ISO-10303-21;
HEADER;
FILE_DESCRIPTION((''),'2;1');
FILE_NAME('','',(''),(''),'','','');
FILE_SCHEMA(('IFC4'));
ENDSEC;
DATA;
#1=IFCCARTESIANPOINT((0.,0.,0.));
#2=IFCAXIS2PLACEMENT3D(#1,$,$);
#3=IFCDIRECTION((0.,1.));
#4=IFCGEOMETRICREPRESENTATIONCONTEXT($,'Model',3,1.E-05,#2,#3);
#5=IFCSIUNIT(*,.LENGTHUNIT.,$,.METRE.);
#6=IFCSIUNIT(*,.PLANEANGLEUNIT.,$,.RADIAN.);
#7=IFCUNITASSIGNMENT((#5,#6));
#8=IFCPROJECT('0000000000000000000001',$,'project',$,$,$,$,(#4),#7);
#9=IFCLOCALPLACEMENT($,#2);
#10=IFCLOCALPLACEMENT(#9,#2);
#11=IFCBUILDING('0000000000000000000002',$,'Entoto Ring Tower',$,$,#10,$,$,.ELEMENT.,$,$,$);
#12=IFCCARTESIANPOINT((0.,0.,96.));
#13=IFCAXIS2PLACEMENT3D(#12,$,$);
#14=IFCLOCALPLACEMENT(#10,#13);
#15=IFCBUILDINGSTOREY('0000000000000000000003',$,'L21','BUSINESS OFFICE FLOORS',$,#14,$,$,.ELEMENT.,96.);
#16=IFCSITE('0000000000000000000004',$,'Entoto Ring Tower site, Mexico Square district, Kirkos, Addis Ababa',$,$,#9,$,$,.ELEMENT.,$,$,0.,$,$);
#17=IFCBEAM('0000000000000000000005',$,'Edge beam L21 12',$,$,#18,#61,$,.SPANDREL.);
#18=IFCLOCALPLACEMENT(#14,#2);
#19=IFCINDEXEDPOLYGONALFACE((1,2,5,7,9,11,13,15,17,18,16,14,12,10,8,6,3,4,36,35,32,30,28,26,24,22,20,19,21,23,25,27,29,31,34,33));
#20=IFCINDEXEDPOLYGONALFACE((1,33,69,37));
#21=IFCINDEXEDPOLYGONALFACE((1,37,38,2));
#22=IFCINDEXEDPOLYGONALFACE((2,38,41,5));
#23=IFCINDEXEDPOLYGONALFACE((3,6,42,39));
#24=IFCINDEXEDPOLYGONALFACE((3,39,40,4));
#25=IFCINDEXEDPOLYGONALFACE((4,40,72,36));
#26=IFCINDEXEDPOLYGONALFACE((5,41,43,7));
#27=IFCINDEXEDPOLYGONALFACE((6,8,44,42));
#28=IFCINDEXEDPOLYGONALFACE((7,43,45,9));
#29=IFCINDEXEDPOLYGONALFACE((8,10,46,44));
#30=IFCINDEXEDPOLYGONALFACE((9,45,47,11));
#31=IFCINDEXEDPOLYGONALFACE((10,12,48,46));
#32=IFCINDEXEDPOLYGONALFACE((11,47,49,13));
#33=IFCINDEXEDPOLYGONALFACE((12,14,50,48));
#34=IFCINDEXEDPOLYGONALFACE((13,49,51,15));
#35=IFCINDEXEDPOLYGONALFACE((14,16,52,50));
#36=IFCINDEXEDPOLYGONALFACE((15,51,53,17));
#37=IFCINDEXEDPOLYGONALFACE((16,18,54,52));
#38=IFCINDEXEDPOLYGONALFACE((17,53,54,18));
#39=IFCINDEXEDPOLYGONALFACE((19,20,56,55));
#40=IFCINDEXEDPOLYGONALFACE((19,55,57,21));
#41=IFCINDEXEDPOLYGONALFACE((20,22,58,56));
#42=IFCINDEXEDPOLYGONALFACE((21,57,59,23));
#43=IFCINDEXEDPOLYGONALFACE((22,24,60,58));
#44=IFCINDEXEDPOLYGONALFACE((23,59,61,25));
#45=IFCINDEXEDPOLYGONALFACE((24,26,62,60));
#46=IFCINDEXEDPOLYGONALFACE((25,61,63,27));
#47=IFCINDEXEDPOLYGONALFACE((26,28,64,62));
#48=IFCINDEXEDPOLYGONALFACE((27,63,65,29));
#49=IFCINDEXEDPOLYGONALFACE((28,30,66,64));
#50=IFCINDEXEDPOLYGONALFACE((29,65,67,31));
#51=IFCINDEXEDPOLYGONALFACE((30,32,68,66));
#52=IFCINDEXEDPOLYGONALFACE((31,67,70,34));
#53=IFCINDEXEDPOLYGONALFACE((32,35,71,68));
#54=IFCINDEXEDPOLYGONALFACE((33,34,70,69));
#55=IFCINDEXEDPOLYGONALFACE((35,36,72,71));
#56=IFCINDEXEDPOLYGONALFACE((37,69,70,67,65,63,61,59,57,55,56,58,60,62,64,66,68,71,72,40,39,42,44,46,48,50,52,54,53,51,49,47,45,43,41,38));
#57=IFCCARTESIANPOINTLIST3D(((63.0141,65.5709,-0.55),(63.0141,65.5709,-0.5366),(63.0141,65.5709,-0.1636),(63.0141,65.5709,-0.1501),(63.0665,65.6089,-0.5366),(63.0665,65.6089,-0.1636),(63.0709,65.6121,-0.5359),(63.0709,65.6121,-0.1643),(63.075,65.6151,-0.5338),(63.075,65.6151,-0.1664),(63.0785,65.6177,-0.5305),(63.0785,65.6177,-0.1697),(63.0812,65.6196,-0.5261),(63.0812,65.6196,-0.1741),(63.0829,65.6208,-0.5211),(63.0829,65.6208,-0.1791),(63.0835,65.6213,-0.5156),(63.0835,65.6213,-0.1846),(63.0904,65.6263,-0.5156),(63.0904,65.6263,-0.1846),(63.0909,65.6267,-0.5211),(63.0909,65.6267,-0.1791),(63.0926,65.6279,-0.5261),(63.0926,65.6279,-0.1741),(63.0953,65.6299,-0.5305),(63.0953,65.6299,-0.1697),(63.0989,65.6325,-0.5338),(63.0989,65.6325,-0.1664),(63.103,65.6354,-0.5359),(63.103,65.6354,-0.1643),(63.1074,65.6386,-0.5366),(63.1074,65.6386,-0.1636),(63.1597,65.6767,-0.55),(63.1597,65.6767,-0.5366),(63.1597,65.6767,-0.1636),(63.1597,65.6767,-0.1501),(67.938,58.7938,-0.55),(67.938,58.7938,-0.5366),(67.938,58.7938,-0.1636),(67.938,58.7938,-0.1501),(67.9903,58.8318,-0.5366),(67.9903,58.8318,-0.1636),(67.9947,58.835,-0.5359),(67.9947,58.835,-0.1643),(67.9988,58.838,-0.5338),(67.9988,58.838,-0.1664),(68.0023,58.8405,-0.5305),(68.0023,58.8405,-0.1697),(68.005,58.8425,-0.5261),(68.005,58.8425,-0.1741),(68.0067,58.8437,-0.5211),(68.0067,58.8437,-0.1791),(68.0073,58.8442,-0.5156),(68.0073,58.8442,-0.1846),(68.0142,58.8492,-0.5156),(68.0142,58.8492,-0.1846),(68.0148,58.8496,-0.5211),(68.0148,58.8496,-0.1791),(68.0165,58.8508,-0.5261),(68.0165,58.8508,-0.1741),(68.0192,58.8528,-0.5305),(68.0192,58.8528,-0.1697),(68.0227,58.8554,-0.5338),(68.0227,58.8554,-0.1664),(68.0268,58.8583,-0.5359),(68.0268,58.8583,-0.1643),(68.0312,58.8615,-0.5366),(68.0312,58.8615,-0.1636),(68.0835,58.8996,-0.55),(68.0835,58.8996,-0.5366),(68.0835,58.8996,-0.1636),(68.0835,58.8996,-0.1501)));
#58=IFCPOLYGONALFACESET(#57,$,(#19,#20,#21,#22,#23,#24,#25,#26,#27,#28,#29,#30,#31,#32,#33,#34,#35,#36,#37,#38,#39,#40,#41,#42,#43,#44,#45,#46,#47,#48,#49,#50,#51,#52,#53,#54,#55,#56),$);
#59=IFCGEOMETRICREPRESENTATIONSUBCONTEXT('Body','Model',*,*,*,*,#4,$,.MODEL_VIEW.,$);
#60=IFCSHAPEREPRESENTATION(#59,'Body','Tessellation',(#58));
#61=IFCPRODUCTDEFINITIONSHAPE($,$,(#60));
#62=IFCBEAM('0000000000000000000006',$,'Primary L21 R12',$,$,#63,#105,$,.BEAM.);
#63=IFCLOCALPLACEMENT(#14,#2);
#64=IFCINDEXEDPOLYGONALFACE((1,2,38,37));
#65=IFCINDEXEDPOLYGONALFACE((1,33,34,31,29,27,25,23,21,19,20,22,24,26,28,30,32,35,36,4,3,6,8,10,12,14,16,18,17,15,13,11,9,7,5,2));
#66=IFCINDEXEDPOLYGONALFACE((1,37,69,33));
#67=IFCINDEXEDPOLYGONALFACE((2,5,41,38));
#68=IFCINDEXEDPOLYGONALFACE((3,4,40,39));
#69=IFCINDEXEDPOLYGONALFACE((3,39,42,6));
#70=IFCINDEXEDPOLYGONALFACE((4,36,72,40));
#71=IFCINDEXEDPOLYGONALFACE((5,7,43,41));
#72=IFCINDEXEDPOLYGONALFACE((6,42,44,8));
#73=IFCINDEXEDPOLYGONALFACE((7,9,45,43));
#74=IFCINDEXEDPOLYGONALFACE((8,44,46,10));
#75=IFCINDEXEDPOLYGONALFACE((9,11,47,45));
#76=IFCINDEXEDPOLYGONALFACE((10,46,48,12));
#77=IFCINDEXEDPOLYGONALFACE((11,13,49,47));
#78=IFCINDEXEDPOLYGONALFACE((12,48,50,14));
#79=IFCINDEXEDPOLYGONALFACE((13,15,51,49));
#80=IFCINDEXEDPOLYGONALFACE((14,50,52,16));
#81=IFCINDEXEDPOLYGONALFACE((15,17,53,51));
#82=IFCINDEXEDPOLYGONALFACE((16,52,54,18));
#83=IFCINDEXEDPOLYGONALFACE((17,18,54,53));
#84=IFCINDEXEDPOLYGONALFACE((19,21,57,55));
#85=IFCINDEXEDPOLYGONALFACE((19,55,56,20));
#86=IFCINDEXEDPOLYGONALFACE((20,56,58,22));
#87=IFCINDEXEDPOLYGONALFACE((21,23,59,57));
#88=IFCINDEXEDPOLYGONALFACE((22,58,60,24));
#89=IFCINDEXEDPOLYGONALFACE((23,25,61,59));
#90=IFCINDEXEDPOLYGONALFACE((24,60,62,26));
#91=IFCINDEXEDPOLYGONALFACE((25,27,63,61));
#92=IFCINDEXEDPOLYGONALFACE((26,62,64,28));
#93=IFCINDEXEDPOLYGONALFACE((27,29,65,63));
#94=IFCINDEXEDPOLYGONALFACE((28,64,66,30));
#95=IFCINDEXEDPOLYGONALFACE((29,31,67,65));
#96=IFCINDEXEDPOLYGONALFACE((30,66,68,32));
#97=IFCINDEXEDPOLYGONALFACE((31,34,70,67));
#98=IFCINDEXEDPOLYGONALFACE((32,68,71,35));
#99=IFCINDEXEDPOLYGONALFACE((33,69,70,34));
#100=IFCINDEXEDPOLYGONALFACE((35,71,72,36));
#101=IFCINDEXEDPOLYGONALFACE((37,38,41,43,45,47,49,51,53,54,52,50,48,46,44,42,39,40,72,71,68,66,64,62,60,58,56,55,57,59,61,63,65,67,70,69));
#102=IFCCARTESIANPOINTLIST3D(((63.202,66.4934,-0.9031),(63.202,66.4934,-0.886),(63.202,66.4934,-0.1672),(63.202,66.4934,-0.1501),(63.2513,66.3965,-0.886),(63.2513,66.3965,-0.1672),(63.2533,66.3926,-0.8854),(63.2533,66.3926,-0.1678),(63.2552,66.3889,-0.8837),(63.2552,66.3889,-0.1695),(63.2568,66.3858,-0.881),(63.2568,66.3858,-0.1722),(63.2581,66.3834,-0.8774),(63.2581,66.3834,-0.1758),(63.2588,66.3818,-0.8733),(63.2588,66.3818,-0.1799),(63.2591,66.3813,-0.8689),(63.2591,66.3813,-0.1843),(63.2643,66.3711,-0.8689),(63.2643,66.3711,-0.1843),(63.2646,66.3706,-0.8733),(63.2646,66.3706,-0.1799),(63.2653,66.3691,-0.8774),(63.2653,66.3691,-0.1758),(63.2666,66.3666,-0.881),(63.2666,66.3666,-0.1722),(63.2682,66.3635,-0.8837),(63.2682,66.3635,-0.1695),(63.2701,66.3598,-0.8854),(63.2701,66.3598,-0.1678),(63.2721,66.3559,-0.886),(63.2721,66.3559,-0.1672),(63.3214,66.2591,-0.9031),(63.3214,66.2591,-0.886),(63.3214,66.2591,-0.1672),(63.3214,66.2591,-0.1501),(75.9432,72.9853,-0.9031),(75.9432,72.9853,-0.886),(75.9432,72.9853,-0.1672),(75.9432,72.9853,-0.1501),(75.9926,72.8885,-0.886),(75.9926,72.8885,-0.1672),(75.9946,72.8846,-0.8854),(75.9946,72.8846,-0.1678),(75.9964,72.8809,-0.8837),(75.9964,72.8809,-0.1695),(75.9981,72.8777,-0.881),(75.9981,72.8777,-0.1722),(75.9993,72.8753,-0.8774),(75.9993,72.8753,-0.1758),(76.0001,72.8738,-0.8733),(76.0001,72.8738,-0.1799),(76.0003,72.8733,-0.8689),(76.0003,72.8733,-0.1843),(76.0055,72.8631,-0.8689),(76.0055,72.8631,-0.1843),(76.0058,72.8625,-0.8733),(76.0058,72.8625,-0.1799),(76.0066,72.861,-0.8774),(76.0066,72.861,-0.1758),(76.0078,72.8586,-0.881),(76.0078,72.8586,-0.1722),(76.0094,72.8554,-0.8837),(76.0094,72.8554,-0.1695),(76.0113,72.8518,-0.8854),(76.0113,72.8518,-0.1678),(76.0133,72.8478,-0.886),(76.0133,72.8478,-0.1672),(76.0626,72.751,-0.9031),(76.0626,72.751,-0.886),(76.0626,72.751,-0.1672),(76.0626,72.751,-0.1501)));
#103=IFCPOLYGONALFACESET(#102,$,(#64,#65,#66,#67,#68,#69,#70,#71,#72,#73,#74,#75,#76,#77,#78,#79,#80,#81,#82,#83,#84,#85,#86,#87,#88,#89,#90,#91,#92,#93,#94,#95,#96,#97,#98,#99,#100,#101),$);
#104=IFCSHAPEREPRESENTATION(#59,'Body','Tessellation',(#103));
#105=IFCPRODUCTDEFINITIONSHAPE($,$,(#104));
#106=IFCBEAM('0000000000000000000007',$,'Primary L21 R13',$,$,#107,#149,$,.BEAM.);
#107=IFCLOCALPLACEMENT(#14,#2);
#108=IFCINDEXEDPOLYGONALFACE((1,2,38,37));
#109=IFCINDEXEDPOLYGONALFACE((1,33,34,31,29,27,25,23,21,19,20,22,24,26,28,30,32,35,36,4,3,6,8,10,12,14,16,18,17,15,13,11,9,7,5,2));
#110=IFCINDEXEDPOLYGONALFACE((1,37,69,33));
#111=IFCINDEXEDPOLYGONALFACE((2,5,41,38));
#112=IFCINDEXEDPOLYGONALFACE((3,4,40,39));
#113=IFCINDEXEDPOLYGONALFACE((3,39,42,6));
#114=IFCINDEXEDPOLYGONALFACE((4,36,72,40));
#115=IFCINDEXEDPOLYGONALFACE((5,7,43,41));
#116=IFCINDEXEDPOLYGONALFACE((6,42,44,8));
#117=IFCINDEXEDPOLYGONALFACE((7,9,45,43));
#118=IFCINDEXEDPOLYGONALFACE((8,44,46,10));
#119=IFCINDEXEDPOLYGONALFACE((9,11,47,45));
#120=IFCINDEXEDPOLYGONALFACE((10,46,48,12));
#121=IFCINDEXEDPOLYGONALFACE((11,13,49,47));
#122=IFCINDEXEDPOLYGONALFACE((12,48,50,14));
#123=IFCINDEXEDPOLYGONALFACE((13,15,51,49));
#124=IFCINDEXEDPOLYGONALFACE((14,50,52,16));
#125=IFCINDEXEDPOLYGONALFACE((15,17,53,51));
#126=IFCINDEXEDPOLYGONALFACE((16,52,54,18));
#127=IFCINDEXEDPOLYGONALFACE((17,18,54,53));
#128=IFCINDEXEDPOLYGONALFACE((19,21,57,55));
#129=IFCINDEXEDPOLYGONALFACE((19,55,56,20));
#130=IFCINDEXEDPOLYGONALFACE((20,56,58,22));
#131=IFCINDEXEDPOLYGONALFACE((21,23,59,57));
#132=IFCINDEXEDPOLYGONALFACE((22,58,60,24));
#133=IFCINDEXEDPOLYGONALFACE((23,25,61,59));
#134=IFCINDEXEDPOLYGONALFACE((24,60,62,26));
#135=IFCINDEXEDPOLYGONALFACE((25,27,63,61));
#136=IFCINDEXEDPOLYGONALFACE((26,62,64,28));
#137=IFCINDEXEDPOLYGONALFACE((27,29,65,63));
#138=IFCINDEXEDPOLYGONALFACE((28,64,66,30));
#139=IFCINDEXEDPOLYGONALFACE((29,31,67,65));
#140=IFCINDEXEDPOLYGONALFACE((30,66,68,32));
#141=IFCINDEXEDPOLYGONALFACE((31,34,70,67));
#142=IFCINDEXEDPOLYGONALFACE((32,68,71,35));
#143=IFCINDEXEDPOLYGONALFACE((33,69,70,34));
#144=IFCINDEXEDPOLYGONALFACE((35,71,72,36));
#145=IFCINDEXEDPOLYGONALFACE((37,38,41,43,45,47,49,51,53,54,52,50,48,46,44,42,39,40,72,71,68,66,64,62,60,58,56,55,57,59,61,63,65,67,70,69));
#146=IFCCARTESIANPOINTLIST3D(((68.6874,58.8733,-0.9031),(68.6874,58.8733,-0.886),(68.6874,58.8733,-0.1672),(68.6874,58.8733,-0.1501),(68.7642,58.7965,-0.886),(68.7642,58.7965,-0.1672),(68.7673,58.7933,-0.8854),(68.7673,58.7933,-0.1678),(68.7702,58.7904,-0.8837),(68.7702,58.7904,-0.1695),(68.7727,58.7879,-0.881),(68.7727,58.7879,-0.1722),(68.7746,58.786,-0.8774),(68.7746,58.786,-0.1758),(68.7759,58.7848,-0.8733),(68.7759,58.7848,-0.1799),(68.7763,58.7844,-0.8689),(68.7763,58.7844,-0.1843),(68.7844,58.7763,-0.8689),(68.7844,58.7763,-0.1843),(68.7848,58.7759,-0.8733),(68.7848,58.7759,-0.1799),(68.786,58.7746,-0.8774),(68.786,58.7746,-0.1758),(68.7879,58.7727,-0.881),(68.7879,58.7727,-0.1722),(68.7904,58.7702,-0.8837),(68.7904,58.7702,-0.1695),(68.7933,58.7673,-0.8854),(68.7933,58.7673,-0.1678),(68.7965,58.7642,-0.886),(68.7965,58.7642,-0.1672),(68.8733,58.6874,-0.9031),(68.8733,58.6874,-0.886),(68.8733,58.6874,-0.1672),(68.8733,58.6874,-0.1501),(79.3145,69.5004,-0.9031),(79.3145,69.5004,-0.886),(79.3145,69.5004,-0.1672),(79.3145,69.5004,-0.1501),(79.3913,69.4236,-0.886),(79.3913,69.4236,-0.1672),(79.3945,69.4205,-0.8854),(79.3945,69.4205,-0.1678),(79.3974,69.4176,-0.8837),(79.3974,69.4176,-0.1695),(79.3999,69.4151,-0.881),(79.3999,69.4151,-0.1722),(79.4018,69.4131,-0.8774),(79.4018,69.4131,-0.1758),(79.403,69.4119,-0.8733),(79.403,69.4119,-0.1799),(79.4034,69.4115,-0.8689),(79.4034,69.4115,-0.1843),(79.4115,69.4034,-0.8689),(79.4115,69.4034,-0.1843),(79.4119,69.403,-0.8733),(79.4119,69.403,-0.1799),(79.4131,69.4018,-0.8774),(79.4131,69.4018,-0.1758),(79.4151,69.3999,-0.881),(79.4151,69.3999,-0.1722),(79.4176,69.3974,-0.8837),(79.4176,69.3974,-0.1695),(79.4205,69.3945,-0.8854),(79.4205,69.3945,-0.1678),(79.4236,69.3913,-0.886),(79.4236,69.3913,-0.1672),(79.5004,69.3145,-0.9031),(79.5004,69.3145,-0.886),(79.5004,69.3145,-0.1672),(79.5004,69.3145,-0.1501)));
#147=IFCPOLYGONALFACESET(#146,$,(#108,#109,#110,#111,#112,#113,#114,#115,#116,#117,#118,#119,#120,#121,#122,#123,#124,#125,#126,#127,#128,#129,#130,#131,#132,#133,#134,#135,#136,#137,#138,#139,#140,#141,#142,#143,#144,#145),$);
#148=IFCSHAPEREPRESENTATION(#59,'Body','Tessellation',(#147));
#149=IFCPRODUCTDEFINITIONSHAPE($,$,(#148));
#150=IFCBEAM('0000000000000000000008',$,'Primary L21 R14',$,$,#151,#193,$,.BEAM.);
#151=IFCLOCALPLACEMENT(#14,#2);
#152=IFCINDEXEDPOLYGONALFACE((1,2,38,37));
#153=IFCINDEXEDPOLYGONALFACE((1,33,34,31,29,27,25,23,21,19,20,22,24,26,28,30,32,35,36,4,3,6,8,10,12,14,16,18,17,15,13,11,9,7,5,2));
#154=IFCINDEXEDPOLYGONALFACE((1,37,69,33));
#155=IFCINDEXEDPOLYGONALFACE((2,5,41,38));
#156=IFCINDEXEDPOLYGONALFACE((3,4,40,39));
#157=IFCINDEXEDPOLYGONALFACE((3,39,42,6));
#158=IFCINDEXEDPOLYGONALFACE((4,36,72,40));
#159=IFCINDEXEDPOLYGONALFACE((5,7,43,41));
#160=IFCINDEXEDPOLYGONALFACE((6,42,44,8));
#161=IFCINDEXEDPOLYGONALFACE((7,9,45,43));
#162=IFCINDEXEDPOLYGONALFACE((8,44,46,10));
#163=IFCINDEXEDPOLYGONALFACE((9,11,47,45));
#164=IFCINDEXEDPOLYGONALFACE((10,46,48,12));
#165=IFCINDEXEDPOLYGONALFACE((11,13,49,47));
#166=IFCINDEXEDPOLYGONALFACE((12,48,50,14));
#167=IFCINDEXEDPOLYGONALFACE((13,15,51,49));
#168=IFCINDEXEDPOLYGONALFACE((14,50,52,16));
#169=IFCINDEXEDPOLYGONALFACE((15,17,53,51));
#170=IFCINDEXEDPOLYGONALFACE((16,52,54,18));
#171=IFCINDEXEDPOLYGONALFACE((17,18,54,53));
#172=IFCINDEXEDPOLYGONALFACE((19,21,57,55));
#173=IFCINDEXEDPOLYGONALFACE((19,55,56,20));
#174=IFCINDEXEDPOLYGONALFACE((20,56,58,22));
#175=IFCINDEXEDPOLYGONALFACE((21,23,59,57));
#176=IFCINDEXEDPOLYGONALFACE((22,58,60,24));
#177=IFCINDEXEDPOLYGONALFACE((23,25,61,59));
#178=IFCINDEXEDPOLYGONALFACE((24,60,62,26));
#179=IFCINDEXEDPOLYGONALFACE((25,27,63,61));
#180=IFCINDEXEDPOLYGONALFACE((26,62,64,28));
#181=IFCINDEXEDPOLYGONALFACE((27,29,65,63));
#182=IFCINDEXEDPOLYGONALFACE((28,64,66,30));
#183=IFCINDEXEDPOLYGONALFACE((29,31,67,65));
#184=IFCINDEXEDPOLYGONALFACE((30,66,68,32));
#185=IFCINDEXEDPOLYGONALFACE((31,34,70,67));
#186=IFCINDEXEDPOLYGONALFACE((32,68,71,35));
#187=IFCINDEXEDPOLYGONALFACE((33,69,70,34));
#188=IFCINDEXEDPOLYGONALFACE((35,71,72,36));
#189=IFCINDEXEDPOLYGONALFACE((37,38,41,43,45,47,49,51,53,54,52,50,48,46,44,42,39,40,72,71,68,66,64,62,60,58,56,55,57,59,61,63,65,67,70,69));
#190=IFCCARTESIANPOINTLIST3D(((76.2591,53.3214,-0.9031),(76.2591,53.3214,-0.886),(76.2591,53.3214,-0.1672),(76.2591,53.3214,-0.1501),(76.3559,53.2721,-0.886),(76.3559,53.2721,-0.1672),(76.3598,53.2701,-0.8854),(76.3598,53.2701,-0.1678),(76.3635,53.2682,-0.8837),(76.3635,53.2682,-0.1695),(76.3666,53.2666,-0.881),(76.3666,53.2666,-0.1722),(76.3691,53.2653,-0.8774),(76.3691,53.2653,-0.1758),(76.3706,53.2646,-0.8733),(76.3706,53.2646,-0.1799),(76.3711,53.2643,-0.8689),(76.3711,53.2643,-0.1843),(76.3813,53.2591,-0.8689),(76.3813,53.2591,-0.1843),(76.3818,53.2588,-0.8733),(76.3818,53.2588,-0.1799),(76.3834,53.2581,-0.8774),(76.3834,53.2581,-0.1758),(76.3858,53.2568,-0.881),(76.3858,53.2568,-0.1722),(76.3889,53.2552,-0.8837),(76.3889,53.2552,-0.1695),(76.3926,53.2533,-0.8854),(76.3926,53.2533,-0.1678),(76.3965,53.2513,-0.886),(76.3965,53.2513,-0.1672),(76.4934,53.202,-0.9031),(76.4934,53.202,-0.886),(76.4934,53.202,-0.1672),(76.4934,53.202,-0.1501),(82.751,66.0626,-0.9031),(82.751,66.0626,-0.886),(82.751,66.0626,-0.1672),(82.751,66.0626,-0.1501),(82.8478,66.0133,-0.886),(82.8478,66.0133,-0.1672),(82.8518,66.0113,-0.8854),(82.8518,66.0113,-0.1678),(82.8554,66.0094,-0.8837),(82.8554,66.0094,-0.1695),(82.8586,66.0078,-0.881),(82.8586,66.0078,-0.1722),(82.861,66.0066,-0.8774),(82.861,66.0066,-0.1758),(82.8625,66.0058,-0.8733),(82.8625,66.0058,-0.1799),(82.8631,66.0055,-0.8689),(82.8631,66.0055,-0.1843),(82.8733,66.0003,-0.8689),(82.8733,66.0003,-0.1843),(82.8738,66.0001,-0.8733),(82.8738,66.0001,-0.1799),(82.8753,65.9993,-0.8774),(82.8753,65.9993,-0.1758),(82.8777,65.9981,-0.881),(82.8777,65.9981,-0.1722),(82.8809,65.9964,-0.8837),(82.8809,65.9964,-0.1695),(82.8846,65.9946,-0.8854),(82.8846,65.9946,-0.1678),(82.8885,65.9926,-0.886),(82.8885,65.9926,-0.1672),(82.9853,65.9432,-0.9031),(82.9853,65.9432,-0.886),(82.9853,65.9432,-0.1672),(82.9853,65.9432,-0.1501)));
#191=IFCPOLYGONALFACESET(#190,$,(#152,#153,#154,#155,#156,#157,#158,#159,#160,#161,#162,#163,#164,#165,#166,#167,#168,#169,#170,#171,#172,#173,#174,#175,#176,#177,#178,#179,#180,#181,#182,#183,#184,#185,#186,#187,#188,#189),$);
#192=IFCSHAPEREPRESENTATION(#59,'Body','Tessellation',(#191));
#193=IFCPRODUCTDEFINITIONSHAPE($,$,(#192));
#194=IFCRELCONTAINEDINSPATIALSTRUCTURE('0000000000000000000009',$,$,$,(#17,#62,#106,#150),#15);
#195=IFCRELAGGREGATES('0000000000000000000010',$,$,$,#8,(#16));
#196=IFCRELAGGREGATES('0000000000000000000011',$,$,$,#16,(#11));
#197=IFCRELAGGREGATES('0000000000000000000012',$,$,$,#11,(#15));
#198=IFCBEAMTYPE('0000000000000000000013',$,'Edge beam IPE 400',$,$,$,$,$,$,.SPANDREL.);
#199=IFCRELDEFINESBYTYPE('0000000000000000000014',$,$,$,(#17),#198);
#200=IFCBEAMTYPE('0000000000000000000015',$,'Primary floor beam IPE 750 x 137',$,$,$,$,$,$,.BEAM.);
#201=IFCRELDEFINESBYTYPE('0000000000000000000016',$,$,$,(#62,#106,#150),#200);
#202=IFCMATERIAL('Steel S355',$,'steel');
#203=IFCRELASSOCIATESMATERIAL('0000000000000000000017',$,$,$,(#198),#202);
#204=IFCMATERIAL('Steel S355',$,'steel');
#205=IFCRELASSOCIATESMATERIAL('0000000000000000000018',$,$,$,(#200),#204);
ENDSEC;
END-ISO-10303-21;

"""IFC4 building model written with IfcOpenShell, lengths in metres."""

from ifc_helpers import new_model, si_unit, direction, frame, origin, origin_2d, place, context, subcontext, project, spatial, i_section, extrude, material, material_profile, profile_set, type_object, element, save


model = new_model("IFC4")

# Units and contexts
model_context = context("Model", 3, precision=1e-05, world=origin(), true_north=direction((0.0, 1.0)))
body_context = subcontext(model_context, "Body", "Model", "MODEL_VIEW")
ifc_project = project(units=[si_unit("LENGTHUNIT", "METRE"), si_unit("PLANEANGLEUNIT", "RADIAN")], contexts=[model_context])

# Site, building, storey
site_placement = place(None, origin())
site = spatial("IfcSite", under=ifc_project, at=site_placement, Name="Entoto Ring Tower site, Mexico Square district, Kirkos, Addis Ababa", CompositionType="ELEMENT", RefElevation=0.0)
building_placement = place(site_placement, origin())
building = spatial("IfcBuilding", under=site, at=building_placement, Name="Entoto Ring Tower", CompositionType="ELEMENT")
storey_placement = place(building_placement, frame((0.0, 0.0, 96.0)))
storey = spatial("IfcBuildingStorey", under=building, at=storey_placement, Name="L21", Description="BUSINESS OFFICE FLOORS", CompositionType="ELEMENT", Elevation=96.0)

# Beams
ifc_material_1 = material(Name="Steel S355", Category="steel")
ifc_material_profile_1 = material_profile(ifc_material_1, i_section(OverallWidth=0.1799, OverallDepth=0.3999, WebThickness=0.0085, FlangeThickness=0.0134, FilletRadius=0.021, at=origin_2d()), Name="IPE 400")
ifc_profile_set_1 = profile_set([ifc_material_profile_1], Name="Steel S355")
beam_type_1 = type_object("IfcBeamType", Name="Edge beam IPE 400", PredefinedType="SPANDREL", material=ifc_profile_set_1)
beam_1_placement = place(storey_placement, frame((63.0869, 65.6238, -0.3501), z_axis=(0.587783, -0.809018, 0.0), x_axis=(0.809018, 0.587783, 0.0)))
element("IfcBeam", 1, at=beam_1_placement, inside=storey, type_object=beam_type_1, Name="Edge beam L21 12", PredefinedType="SPANDREL", context=body_context, shape_type="SweptSolid", body=[
    extrude(i_section(OverallWidth=0.1799, OverallDepth=0.3999, WebThickness=0.0085, FlangeThickness=0.0134, FilletRadius=0.021, at=origin_2d()), origin(), (0.0, 0.0, 1.0), 8.377),
])
ifc_material_2 = material(Name="Steel S355", Category="steel")
ifc_material_profile_2 = material_profile(ifc_material_2, i_section(OverallWidth=0.2629, OverallDepth=0.7529, WebThickness=0.0115, FlangeThickness=0.0171, FilletRadius=0.0171, at=origin_2d()), Name="IPE 750 x 137")
ifc_profile_set_2 = profile_set([ifc_material_profile_2], Name="Steel S355")
beam_type_2 = type_object("IfcBeamType", Name="Primary floor beam IPE 750 x 137", PredefinedType="BEAM", material=ifc_profile_set_2)
beam_2_placement = place(storey_placement, frame((76.0029, 72.8682, -0.5266), z_axis=(-0.891007, -0.453989, 0.0), x_axis=(0.453989, -0.891007, 0.0)))
element("IfcBeam", 2, at=beam_2_placement, inside=storey, type_object=beam_type_2, Name="Primary L21 R12", PredefinedType="BEAM", context=body_context, shape_type="SweptSolid", body=[
    extrude(i_section(OverallWidth=0.2629, OverallDepth=0.7529, WebThickness=0.0115, FlangeThickness=0.0171, FilletRadius=0.0171, at=origin_2d()), origin(), (0.0, 0.0, 1.0), 14.2998),
])
beam_3_placement = place(storey_placement, frame((79.4075, 69.4075, -0.5266), z_axis=(-0.707107, -0.707107, 0.0), x_axis=(0.707107, -0.707107, 0.0)))
element("IfcBeam", 3, at=beam_3_placement, inside=storey, type_object=beam_type_2, Name="Primary L21 R13", PredefinedType="BEAM", context=body_context, shape_type="SweptSolid", body=[
    extrude(i_section(OverallWidth=0.2629, OverallDepth=0.7529, WebThickness=0.0115, FlangeThickness=0.0171, FilletRadius=0.0171, at=origin_2d()), origin(), (0.0, 0.0, 1.0), 15.0291),
])
beam_4_placement = place(storey_placement, frame((82.8682, 66.0029, -0.5266), z_axis=(-0.453989, -0.891007, 0.0), x_axis=(0.891007, -0.453989, 0.0)))
element("IfcBeam", 4, at=beam_4_placement, inside=storey, type_object=beam_type_2, Name="Primary L21 R14", PredefinedType="BEAM", context=body_context, shape_type="SweptSolid", body=[
    extrude(i_section(OverallWidth=0.2629, OverallDepth=0.7529, WebThickness=0.0115, FlangeThickness=0.0171, FilletRadius=0.0171, at=origin_2d()), origin(), (0.0, 0.0, 1.0), 14.2998),
])

save(model, "model.ifc")
